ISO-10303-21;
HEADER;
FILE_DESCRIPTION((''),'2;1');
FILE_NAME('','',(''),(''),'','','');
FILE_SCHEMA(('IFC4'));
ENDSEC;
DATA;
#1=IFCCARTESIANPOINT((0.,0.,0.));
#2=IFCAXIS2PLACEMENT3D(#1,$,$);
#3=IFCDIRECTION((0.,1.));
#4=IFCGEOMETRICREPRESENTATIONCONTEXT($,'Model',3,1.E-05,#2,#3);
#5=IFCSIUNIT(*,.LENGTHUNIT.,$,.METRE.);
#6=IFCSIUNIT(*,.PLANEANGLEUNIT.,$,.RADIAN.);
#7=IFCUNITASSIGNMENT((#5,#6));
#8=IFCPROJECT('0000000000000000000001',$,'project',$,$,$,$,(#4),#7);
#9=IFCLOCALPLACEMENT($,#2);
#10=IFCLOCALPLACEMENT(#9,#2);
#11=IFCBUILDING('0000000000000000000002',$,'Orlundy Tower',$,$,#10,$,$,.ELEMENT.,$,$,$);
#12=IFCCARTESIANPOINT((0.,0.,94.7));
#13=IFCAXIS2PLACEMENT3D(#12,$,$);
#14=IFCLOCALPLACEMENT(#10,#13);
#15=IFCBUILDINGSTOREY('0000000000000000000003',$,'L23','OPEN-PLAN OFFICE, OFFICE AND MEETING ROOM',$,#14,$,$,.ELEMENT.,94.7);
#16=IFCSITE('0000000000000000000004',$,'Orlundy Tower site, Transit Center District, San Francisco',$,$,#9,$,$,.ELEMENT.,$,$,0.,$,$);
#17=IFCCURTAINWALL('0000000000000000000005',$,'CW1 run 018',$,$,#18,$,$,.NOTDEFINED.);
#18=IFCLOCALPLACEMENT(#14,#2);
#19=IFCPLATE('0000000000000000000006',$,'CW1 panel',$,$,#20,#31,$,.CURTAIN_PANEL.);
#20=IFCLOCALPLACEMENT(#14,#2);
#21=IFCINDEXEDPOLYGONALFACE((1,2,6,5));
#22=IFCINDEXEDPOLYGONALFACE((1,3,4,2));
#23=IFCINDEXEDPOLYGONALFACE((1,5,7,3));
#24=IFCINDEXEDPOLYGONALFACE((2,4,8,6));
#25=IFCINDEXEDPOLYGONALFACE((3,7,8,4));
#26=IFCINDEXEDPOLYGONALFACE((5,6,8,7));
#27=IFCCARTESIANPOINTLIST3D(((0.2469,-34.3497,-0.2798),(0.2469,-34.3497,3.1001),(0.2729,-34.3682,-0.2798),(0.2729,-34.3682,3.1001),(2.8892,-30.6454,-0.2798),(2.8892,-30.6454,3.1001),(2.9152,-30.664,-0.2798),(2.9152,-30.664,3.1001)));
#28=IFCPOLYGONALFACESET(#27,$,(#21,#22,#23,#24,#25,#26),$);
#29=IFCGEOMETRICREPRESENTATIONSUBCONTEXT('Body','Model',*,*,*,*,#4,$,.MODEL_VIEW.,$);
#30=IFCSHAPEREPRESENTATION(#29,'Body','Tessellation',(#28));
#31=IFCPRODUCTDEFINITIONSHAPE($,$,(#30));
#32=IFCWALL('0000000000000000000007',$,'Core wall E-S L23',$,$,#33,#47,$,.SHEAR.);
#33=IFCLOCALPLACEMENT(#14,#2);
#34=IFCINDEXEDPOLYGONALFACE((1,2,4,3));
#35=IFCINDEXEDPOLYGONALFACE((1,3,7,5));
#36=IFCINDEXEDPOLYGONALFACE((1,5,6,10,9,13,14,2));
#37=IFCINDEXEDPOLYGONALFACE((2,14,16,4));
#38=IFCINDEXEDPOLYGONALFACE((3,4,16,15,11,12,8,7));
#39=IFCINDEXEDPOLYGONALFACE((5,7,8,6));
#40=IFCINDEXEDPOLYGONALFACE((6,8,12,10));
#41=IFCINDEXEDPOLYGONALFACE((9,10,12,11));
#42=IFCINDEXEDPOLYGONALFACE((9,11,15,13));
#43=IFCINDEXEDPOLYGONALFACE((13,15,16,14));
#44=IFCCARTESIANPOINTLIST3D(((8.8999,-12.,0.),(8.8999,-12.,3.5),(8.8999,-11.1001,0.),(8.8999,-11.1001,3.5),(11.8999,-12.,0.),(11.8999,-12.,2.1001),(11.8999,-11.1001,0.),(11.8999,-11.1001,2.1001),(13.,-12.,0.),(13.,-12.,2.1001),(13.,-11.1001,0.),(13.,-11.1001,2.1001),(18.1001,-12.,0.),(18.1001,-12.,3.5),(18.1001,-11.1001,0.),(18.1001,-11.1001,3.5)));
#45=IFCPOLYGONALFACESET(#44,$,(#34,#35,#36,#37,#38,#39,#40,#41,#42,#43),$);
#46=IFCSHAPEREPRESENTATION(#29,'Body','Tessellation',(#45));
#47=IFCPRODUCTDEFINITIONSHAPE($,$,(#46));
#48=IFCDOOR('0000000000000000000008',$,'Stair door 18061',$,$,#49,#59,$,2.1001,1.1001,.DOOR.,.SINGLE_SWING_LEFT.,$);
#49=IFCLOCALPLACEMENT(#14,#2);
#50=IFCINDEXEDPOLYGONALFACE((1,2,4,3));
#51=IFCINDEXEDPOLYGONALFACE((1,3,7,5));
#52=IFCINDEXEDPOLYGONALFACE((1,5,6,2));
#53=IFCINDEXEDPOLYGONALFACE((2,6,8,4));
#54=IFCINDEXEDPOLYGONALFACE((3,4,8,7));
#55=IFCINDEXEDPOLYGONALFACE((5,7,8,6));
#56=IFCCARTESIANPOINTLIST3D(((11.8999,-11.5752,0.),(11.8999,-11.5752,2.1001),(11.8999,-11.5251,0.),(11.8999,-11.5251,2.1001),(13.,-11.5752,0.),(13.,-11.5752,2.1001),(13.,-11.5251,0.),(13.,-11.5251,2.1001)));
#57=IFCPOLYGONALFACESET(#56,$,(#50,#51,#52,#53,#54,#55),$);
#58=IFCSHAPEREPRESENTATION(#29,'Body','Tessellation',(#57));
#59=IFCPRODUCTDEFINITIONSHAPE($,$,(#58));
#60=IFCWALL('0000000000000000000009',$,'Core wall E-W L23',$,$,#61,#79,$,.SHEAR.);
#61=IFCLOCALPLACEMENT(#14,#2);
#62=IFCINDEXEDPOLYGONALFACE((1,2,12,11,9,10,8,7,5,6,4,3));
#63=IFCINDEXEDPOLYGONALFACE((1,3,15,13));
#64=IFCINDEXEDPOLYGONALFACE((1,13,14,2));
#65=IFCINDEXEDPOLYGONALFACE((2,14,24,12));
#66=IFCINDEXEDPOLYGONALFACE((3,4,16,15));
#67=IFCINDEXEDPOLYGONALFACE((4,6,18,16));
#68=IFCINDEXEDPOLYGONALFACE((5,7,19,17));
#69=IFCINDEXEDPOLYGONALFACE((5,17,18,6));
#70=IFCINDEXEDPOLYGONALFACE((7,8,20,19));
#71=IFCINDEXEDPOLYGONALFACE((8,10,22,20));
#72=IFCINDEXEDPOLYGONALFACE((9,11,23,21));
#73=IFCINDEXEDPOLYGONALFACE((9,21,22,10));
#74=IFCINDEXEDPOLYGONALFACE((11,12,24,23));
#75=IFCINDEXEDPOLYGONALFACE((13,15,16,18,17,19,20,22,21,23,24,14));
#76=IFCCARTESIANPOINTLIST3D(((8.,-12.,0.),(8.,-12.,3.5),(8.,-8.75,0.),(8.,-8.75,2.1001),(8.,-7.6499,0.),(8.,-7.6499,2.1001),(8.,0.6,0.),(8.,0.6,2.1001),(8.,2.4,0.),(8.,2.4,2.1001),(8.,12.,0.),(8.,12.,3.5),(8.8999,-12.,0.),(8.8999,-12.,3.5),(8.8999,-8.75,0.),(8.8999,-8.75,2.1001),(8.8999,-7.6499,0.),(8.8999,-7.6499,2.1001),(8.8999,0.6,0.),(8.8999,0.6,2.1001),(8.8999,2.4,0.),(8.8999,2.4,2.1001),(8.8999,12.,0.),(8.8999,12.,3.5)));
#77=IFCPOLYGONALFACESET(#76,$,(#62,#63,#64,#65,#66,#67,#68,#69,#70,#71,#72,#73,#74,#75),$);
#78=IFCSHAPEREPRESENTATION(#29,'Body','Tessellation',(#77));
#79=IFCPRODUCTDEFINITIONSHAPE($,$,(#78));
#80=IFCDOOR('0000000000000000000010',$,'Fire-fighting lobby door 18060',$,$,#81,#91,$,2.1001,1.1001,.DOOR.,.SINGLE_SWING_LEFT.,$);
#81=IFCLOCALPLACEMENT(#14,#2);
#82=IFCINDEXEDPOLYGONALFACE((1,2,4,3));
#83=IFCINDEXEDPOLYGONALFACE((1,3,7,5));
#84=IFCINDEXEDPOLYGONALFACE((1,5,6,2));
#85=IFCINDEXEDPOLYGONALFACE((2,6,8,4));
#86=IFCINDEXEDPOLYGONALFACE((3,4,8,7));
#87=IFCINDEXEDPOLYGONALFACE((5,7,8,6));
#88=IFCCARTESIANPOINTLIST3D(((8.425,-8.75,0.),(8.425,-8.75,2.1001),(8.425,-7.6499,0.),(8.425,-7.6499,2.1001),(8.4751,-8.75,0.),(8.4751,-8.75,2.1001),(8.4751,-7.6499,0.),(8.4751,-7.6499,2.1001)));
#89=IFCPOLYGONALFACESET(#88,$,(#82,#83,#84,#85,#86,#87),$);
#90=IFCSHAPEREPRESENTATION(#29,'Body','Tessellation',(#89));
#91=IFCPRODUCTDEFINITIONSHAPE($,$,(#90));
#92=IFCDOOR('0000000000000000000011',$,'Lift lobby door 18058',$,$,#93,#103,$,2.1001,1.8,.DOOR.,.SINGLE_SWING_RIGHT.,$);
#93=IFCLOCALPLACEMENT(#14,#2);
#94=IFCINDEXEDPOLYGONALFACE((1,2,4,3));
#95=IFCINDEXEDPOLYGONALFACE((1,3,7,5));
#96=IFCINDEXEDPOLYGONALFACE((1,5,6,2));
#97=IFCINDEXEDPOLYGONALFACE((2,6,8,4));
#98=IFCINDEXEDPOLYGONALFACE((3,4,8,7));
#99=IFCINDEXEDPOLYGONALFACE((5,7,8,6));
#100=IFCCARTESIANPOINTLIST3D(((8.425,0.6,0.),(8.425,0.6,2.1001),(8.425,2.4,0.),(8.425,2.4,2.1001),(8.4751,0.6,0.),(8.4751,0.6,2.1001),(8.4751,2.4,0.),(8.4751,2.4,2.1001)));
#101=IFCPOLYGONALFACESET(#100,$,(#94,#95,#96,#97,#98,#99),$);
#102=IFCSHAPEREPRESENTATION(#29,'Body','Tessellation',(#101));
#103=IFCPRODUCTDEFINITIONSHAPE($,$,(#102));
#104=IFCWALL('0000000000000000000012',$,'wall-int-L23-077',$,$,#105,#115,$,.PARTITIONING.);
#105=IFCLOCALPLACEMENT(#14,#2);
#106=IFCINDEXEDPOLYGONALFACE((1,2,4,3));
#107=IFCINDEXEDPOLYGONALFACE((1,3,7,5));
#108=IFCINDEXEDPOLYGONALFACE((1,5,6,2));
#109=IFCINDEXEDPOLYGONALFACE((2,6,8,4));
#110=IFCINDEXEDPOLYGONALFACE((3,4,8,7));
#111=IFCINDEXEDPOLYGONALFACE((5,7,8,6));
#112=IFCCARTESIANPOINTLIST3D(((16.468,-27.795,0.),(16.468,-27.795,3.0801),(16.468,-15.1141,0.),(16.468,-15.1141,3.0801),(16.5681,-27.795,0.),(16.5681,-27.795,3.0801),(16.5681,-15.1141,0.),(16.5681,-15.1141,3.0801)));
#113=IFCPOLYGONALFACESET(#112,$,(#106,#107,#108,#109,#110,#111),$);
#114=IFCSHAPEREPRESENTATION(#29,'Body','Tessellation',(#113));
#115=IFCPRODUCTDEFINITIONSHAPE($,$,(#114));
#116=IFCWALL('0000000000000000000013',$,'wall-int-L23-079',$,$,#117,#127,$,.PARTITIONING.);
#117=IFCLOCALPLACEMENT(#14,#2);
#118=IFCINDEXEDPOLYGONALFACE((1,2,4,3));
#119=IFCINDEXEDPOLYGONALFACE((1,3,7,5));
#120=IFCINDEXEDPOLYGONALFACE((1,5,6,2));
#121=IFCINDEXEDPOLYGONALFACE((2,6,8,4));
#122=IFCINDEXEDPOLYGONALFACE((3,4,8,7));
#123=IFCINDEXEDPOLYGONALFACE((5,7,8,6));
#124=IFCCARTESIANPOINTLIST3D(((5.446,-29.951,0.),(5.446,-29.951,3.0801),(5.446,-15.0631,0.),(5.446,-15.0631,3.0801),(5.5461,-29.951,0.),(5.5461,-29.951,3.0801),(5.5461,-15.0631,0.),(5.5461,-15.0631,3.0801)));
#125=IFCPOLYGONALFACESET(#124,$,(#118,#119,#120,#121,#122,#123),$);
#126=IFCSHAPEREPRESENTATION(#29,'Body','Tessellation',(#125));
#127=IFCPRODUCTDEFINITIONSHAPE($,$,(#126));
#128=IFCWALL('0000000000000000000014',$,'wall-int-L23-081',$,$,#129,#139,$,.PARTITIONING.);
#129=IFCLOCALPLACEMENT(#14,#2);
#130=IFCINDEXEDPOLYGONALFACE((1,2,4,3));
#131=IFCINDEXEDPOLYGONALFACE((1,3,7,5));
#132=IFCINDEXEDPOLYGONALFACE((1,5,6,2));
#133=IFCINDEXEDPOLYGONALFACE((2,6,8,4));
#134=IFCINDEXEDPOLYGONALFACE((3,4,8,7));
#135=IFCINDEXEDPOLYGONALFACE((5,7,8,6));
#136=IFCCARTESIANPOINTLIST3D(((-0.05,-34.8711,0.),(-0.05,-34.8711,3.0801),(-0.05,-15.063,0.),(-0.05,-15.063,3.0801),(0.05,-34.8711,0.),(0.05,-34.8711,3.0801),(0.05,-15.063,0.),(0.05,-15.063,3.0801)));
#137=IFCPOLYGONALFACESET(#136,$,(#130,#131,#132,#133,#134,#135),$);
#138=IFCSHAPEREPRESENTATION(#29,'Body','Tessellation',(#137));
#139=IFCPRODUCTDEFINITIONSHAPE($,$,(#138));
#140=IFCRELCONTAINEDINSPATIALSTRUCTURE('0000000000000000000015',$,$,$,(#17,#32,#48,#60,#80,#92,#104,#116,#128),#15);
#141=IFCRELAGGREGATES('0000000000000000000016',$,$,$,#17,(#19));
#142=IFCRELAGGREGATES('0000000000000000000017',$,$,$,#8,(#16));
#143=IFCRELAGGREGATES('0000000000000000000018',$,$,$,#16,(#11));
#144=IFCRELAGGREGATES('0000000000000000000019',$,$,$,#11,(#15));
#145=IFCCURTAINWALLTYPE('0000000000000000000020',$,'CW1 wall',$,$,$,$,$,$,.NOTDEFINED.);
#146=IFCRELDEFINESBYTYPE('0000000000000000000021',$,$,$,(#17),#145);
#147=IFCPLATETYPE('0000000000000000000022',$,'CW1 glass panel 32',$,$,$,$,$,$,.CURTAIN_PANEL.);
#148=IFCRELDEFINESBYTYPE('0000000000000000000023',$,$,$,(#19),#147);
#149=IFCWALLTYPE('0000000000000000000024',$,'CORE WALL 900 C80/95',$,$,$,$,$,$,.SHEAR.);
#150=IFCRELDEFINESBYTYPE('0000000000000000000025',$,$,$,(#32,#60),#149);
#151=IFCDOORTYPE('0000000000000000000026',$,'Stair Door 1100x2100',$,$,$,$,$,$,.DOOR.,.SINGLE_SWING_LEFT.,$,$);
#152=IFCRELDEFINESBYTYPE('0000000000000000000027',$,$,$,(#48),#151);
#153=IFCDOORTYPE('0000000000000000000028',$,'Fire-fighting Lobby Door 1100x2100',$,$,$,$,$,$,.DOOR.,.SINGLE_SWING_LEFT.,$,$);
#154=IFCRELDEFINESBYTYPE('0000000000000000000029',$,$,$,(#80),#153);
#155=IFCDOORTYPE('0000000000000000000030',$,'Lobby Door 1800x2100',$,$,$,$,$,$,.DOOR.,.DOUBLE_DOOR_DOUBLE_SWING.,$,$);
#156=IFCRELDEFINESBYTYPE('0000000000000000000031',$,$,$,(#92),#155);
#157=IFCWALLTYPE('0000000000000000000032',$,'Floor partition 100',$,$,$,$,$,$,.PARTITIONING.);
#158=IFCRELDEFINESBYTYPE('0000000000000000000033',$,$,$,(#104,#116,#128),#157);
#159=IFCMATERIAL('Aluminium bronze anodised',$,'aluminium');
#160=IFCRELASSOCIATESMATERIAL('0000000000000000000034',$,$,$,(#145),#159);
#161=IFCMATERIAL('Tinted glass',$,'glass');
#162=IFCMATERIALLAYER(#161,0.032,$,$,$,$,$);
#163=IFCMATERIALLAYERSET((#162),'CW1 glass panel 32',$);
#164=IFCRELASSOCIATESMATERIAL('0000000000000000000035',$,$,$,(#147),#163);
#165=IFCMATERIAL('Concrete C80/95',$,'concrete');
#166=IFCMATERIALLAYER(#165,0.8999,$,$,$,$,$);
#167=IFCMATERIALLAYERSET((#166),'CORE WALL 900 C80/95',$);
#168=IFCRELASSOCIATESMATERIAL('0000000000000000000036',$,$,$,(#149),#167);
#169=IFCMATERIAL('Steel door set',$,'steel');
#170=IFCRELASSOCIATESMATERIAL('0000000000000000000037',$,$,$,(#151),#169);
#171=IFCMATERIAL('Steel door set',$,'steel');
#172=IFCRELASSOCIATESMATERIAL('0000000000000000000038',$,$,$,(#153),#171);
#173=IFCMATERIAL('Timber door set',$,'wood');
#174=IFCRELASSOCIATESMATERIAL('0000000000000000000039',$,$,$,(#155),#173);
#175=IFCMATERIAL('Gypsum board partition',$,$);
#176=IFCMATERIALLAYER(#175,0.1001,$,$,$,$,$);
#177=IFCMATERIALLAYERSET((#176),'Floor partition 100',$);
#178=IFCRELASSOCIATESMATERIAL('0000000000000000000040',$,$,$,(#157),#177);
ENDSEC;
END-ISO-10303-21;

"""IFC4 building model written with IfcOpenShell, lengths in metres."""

from ifc_helpers import new_model, si_unit, direction, frame, frame_2d, origin, origin_2d, place, context, subcontext, project, spatial, rectangle, extrude, material, layer, layer_set, type_object, element, fill, aggregate, save


model = new_model("IFC4")

# Units and contexts
model_context = context("Model", 3, precision=1e-05, world=origin(), true_north=direction((0.0, 1.0)))
body_context = subcontext(model_context, "Body", "Model", "MODEL_VIEW")
ifc_project = project(units=[si_unit("LENGTHUNIT", "METRE"), si_unit("PLANEANGLEUNIT", "RADIAN")], contexts=[model_context])

# Site, building, storey
site_placement = place(None, origin())
site = spatial("IfcSite", under=ifc_project, at=site_placement, Name="Orlundy Tower site, Transit Center District, San Francisco", CompositionType="ELEMENT", RefElevation=0.0)
building_placement = place(site_placement, origin())
building = spatial("IfcBuilding", under=site, at=building_placement, Name="Orlundy Tower", CompositionType="ELEMENT")
storey_placement = place(building_placement, frame((0.0, 0.0, 94.7)))
storey = spatial("IfcBuildingStorey", under=building, at=storey_placement, Name="L23", Description="OPEN-PLAN OFFICE, OFFICE AND MEETING ROOM", CompositionType="ELEMENT", Elevation=94.7)

# Curtain wall
ifc_material_1 = material(Name="Aluminium bronze anodised", Category="aluminium")
curtain_wall_type = type_object("IfcCurtainWallType", Name="CW1 wall", PredefinedType="NOTDEFINED", material=ifc_material_1)
curtain_wall_1_placement = place(storey_placement, origin())
curtain_wall_1 = element("IfcCurtainWall", 1, at=curtain_wall_1_placement, inside=storey, type_object=curtain_wall_type, Name="CW1 run 018", PredefinedType="NOTDEFINED")

# Plate
ifc_material_2 = material(Name="Tinted glass", Category="glass")
ifc_layer_1 = layer(ifc_material_2, 0.032)
ifc_layer_set_1 = layer_set([ifc_layer_1], Name="CW1 glass panel 32")
plate_type = type_object("IfcPlateType", Name="CW1 glass panel 32", PredefinedType="CURTAIN_PANEL", material=ifc_layer_set_1)
plate_1_placement = place(storey_placement, frame((1.5811, -32.5068, -0.2798), z_axis=(0.0, 0.0, 1.0), x_axis=(-0.58071, -0.81411, 0.0)))
plate_1 = element("IfcPlate", 2, at=plate_1_placement, type_object=plate_type, Name="CW1 panel", PredefinedType="CURTAIN_PANEL", context=body_context, shape_type="SweptSolid", body=[
    extrude(rectangle(XDim=4.55, YDim=0.032, at=origin_2d()), origin(), (0.0, 0.0, 1.0), 3.3799),
])
aggregate(curtain_wall_1, [plate_1])

# Wall, opening, door
ifc_material_3 = material(Name="Concrete C80/95", Category="concrete")
ifc_layer_2 = layer(ifc_material_3, 0.8999)
ifc_layer_set_2 = layer_set([ifc_layer_2], Name="CORE WALL 900 C80/95")
wall_type_1 = type_object("IfcWallType", Name="CORE WALL 900 C80/95", PredefinedType="SHEAR", material=ifc_layer_set_2)
wall_1_placement = place(storey_placement, frame((8.8999, -11.55, 0.0), z_axis=(0.0, 0.0, 1.0), x_axis=(1.0, 0.0, 0.0)))
wall_1 = element("IfcWall", 3, at=wall_1_placement, inside=storey, type_object=wall_type_1, Name="Core wall E-S L23", PredefinedType="SHEAR", context=body_context, shape_type="SweptSolid", body=[
    extrude(rectangle(XDim=9.2002, YDim=0.8999, at=frame_2d((4.6001, 0.0))), origin(), (0.0, 0.0, 1.0), 3.5),
])
opening_1_placement = place(wall_1_placement, frame((3.0, 0.0, 0.0)))
opening_1 = element("IfcOpeningElement", 4, at=opening_1_placement, cuts=wall_1, PredefinedType="OPENING", context=body_context, shape_type="SweptSolid", body=[
    extrude(rectangle(XDim=1.1001, YDim=2.1001, at=frame_2d((0.55, 1.05))), frame((0.0, 0.46, 0.0), z_axis=(0.0, -1.0, 0.0), x_axis=(1.0, 0.0, 0.0)), (0.0, 0.0, 1.0), 0.9199),
])
ifc_material_4 = material(Name="Steel door set", Category="steel")
door_type_1 = type_object("IfcDoorType", Name="Stair Door 1100x2100", OperationType="SINGLE_SWING_LEFT", PredefinedType="DOOR", material=ifc_material_4)
door_1_placement = place(opening_1_placement, origin())
door_1 = element("IfcDoor", 5, at=door_1_placement, inside=storey, type_object=door_type_1, Name="Stair door 18061", OperationType="SINGLE_SWING_LEFT", OverallHeight=2.1001, OverallWidth=1.1001, PredefinedType="DOOR", context=body_context, shape_type="SweptSolid", body=[
    extrude(rectangle(XDim=1.1001, YDim=2.1001, at=frame_2d((0.55, 1.05))), frame((0.0, 0.0249, 0.0), z_axis=(0.0, -1.0, 0.0), x_axis=(1.0, 0.0, 0.0)), (0.0, 0.0, 1.0), 0.05),
])
fill(opening_1, door_1)

# Wall, openings, doors
wall_2_placement = place(storey_placement, frame((8.45, -12.0, 0.0), z_axis=(0.0, 0.0, 1.0), x_axis=(0.0, 1.0, 0.0)))
wall_2 = element("IfcWall", 6, at=wall_2_placement, inside=storey, type_object=wall_type_1, Name="Core wall E-W L23", PredefinedType="SHEAR", context=body_context, shape_type="SweptSolid", body=[
    extrude(rectangle(XDim=24.0, YDim=0.8999, at=frame_2d((12.0, 0.0))), origin(), (0.0, 0.0, 1.0), 3.5),
])
opening_2_placement = place(wall_2_placement, frame((12.6001, 0.0, 0.0)))
opening_2 = element("IfcOpeningElement", 7, at=opening_2_placement, cuts=wall_2, PredefinedType="OPENING", context=body_context, shape_type="SweptSolid", body=[
    extrude(rectangle(XDim=1.8, YDim=2.1001, at=frame_2d((0.8999, 1.05))), frame((0.0, 0.46, 0.0), z_axis=(0.0, -1.0, 0.0), x_axis=(1.0, 0.0, 0.0)), (0.0, 0.0, 1.0), 0.9199),
])
opening_3_placement = place(wall_2_placement, frame((3.25, 0.0, 0.0)))
opening_3 = element("IfcOpeningElement", 8, at=opening_3_placement, cuts=wall_2, PredefinedType="OPENING", context=body_context, shape_type="SweptSolid", body=[
    extrude(rectangle(XDim=1.1001, YDim=2.1001, at=frame_2d((0.55, 1.05))), frame((0.0, 0.46, 0.0), z_axis=(0.0, -1.0, 0.0), x_axis=(1.0, 0.0, 0.0)), (0.0, 0.0, 1.0), 0.9199),
])
ifc_material_5 = material(Name="Steel door set", Category="steel")
door_type_2 = type_object("IfcDoorType", Name="Fire-fighting Lobby Door 1100x2100", OperationType="SINGLE_SWING_LEFT", PredefinedType="DOOR", material=ifc_material_5)
door_2_placement = place(opening_3_placement, origin())
door_2 = element("IfcDoor", 9, at=door_2_placement, inside=storey, type_object=door_type_2, Name="Fire-fighting lobby door 18060", OperationType="SINGLE_SWING_LEFT", OverallHeight=2.1001, OverallWidth=1.1001, PredefinedType="DOOR", context=body_context, shape_type="SweptSolid", body=[
    extrude(rectangle(XDim=1.1001, YDim=2.1001, at=frame_2d((0.55, 1.05))), frame((0.0, 0.0249, 0.0), z_axis=(0.0, -1.0, 0.0), x_axis=(1.0, 0.0, 0.0)), (0.0, 0.0, 1.0), 0.05),
])
fill(opening_3, door_2)
ifc_material_6 = material(Name="Timber door set", Category="wood")
door_type_3 = type_object("IfcDoorType", Name="Lobby Door 1800x2100", OperationType="DOUBLE_DOOR_DOUBLE_SWING", PredefinedType="DOOR", material=ifc_material_6)
door_3_placement = place(opening_2_placement, origin())
door_3 = element("IfcDoor", 10, at=door_3_placement, inside=storey, type_object=door_type_3, Name="Lift lobby door 18058", OperationType="SINGLE_SWING_RIGHT", OverallHeight=2.1001, OverallWidth=1.8, PredefinedType="DOOR", context=body_context, shape_type="SweptSolid", body=[
    extrude(rectangle(XDim=1.8, YDim=2.1001, at=frame_2d((0.8999, 1.05))), frame((0.0, 0.0249, 0.0), z_axis=(0.0, -1.0, 0.0), x_axis=(1.0, 0.0, 0.0)), (0.0, 0.0, 1.0), 0.05),
])
fill(opening_2, door_3)

# Walls
ifc_material_7 = material(Name="Gypsum board partition")
ifc_layer_3 = layer(ifc_material_7, 0.1001)
ifc_layer_set_3 = layer_set([ifc_layer_3], Name="Floor partition 100")
wall_type_2 = type_object("IfcWallType", Name="Floor partition 100", PredefinedType="PARTITIONING", material=ifc_layer_set_3)
wall_3_placement = place(storey_placement, frame((16.5181, -27.7949, 0.0), z_axis=(0.0, 0.0, 1.0), x_axis=(0.0, 1.0, 0.0)))
element("IfcWall", 11, at=wall_3_placement, inside=storey, type_object=wall_type_2, Name="wall-int-L23-077", PredefinedType="PARTITIONING", context=body_context, shape_type="SweptSolid", body=[
    extrude(rectangle(XDim=12.6809, YDim=0.1001, at=frame_2d((6.3403, 0.0))), origin(), (0.0, 0.0, 1.0), 3.0801),
])
wall_4_placement = place(storey_placement, frame((5.4961, -29.9509, 0.0), z_axis=(0.0, 0.0, 1.0), x_axis=(0.0, 1.0, 0.0)))
element("IfcWall", 12, at=wall_4_placement, inside=storey, type_object=wall_type_2, Name="wall-int-L23-079", PredefinedType="PARTITIONING", context=body_context, shape_type="SweptSolid", body=[
    extrude(rectangle(XDim=14.8879, YDim=0.1001, at=frame_2d((7.4438, 0.0))), origin(), (0.0, 0.0, 1.0), 3.0801),
])
wall_5_placement = place(storey_placement, frame((0.0, -34.8711, 0.0), z_axis=(0.0, 0.0, 1.0), x_axis=(0.0, 1.0, 0.0)))
element("IfcWall", 13, at=wall_5_placement, inside=storey, type_object=wall_type_2, Name="wall-int-L23-081", PredefinedType="PARTITIONING", context=body_context, shape_type="SweptSolid", body=[
    extrude(rectangle(XDim=19.8081, YDim=0.1001, at=frame_2d((9.9041, 0.0))), origin(), (0.0, 0.0, 1.0), 3.0801),
])

save(model, "model.ifc")
